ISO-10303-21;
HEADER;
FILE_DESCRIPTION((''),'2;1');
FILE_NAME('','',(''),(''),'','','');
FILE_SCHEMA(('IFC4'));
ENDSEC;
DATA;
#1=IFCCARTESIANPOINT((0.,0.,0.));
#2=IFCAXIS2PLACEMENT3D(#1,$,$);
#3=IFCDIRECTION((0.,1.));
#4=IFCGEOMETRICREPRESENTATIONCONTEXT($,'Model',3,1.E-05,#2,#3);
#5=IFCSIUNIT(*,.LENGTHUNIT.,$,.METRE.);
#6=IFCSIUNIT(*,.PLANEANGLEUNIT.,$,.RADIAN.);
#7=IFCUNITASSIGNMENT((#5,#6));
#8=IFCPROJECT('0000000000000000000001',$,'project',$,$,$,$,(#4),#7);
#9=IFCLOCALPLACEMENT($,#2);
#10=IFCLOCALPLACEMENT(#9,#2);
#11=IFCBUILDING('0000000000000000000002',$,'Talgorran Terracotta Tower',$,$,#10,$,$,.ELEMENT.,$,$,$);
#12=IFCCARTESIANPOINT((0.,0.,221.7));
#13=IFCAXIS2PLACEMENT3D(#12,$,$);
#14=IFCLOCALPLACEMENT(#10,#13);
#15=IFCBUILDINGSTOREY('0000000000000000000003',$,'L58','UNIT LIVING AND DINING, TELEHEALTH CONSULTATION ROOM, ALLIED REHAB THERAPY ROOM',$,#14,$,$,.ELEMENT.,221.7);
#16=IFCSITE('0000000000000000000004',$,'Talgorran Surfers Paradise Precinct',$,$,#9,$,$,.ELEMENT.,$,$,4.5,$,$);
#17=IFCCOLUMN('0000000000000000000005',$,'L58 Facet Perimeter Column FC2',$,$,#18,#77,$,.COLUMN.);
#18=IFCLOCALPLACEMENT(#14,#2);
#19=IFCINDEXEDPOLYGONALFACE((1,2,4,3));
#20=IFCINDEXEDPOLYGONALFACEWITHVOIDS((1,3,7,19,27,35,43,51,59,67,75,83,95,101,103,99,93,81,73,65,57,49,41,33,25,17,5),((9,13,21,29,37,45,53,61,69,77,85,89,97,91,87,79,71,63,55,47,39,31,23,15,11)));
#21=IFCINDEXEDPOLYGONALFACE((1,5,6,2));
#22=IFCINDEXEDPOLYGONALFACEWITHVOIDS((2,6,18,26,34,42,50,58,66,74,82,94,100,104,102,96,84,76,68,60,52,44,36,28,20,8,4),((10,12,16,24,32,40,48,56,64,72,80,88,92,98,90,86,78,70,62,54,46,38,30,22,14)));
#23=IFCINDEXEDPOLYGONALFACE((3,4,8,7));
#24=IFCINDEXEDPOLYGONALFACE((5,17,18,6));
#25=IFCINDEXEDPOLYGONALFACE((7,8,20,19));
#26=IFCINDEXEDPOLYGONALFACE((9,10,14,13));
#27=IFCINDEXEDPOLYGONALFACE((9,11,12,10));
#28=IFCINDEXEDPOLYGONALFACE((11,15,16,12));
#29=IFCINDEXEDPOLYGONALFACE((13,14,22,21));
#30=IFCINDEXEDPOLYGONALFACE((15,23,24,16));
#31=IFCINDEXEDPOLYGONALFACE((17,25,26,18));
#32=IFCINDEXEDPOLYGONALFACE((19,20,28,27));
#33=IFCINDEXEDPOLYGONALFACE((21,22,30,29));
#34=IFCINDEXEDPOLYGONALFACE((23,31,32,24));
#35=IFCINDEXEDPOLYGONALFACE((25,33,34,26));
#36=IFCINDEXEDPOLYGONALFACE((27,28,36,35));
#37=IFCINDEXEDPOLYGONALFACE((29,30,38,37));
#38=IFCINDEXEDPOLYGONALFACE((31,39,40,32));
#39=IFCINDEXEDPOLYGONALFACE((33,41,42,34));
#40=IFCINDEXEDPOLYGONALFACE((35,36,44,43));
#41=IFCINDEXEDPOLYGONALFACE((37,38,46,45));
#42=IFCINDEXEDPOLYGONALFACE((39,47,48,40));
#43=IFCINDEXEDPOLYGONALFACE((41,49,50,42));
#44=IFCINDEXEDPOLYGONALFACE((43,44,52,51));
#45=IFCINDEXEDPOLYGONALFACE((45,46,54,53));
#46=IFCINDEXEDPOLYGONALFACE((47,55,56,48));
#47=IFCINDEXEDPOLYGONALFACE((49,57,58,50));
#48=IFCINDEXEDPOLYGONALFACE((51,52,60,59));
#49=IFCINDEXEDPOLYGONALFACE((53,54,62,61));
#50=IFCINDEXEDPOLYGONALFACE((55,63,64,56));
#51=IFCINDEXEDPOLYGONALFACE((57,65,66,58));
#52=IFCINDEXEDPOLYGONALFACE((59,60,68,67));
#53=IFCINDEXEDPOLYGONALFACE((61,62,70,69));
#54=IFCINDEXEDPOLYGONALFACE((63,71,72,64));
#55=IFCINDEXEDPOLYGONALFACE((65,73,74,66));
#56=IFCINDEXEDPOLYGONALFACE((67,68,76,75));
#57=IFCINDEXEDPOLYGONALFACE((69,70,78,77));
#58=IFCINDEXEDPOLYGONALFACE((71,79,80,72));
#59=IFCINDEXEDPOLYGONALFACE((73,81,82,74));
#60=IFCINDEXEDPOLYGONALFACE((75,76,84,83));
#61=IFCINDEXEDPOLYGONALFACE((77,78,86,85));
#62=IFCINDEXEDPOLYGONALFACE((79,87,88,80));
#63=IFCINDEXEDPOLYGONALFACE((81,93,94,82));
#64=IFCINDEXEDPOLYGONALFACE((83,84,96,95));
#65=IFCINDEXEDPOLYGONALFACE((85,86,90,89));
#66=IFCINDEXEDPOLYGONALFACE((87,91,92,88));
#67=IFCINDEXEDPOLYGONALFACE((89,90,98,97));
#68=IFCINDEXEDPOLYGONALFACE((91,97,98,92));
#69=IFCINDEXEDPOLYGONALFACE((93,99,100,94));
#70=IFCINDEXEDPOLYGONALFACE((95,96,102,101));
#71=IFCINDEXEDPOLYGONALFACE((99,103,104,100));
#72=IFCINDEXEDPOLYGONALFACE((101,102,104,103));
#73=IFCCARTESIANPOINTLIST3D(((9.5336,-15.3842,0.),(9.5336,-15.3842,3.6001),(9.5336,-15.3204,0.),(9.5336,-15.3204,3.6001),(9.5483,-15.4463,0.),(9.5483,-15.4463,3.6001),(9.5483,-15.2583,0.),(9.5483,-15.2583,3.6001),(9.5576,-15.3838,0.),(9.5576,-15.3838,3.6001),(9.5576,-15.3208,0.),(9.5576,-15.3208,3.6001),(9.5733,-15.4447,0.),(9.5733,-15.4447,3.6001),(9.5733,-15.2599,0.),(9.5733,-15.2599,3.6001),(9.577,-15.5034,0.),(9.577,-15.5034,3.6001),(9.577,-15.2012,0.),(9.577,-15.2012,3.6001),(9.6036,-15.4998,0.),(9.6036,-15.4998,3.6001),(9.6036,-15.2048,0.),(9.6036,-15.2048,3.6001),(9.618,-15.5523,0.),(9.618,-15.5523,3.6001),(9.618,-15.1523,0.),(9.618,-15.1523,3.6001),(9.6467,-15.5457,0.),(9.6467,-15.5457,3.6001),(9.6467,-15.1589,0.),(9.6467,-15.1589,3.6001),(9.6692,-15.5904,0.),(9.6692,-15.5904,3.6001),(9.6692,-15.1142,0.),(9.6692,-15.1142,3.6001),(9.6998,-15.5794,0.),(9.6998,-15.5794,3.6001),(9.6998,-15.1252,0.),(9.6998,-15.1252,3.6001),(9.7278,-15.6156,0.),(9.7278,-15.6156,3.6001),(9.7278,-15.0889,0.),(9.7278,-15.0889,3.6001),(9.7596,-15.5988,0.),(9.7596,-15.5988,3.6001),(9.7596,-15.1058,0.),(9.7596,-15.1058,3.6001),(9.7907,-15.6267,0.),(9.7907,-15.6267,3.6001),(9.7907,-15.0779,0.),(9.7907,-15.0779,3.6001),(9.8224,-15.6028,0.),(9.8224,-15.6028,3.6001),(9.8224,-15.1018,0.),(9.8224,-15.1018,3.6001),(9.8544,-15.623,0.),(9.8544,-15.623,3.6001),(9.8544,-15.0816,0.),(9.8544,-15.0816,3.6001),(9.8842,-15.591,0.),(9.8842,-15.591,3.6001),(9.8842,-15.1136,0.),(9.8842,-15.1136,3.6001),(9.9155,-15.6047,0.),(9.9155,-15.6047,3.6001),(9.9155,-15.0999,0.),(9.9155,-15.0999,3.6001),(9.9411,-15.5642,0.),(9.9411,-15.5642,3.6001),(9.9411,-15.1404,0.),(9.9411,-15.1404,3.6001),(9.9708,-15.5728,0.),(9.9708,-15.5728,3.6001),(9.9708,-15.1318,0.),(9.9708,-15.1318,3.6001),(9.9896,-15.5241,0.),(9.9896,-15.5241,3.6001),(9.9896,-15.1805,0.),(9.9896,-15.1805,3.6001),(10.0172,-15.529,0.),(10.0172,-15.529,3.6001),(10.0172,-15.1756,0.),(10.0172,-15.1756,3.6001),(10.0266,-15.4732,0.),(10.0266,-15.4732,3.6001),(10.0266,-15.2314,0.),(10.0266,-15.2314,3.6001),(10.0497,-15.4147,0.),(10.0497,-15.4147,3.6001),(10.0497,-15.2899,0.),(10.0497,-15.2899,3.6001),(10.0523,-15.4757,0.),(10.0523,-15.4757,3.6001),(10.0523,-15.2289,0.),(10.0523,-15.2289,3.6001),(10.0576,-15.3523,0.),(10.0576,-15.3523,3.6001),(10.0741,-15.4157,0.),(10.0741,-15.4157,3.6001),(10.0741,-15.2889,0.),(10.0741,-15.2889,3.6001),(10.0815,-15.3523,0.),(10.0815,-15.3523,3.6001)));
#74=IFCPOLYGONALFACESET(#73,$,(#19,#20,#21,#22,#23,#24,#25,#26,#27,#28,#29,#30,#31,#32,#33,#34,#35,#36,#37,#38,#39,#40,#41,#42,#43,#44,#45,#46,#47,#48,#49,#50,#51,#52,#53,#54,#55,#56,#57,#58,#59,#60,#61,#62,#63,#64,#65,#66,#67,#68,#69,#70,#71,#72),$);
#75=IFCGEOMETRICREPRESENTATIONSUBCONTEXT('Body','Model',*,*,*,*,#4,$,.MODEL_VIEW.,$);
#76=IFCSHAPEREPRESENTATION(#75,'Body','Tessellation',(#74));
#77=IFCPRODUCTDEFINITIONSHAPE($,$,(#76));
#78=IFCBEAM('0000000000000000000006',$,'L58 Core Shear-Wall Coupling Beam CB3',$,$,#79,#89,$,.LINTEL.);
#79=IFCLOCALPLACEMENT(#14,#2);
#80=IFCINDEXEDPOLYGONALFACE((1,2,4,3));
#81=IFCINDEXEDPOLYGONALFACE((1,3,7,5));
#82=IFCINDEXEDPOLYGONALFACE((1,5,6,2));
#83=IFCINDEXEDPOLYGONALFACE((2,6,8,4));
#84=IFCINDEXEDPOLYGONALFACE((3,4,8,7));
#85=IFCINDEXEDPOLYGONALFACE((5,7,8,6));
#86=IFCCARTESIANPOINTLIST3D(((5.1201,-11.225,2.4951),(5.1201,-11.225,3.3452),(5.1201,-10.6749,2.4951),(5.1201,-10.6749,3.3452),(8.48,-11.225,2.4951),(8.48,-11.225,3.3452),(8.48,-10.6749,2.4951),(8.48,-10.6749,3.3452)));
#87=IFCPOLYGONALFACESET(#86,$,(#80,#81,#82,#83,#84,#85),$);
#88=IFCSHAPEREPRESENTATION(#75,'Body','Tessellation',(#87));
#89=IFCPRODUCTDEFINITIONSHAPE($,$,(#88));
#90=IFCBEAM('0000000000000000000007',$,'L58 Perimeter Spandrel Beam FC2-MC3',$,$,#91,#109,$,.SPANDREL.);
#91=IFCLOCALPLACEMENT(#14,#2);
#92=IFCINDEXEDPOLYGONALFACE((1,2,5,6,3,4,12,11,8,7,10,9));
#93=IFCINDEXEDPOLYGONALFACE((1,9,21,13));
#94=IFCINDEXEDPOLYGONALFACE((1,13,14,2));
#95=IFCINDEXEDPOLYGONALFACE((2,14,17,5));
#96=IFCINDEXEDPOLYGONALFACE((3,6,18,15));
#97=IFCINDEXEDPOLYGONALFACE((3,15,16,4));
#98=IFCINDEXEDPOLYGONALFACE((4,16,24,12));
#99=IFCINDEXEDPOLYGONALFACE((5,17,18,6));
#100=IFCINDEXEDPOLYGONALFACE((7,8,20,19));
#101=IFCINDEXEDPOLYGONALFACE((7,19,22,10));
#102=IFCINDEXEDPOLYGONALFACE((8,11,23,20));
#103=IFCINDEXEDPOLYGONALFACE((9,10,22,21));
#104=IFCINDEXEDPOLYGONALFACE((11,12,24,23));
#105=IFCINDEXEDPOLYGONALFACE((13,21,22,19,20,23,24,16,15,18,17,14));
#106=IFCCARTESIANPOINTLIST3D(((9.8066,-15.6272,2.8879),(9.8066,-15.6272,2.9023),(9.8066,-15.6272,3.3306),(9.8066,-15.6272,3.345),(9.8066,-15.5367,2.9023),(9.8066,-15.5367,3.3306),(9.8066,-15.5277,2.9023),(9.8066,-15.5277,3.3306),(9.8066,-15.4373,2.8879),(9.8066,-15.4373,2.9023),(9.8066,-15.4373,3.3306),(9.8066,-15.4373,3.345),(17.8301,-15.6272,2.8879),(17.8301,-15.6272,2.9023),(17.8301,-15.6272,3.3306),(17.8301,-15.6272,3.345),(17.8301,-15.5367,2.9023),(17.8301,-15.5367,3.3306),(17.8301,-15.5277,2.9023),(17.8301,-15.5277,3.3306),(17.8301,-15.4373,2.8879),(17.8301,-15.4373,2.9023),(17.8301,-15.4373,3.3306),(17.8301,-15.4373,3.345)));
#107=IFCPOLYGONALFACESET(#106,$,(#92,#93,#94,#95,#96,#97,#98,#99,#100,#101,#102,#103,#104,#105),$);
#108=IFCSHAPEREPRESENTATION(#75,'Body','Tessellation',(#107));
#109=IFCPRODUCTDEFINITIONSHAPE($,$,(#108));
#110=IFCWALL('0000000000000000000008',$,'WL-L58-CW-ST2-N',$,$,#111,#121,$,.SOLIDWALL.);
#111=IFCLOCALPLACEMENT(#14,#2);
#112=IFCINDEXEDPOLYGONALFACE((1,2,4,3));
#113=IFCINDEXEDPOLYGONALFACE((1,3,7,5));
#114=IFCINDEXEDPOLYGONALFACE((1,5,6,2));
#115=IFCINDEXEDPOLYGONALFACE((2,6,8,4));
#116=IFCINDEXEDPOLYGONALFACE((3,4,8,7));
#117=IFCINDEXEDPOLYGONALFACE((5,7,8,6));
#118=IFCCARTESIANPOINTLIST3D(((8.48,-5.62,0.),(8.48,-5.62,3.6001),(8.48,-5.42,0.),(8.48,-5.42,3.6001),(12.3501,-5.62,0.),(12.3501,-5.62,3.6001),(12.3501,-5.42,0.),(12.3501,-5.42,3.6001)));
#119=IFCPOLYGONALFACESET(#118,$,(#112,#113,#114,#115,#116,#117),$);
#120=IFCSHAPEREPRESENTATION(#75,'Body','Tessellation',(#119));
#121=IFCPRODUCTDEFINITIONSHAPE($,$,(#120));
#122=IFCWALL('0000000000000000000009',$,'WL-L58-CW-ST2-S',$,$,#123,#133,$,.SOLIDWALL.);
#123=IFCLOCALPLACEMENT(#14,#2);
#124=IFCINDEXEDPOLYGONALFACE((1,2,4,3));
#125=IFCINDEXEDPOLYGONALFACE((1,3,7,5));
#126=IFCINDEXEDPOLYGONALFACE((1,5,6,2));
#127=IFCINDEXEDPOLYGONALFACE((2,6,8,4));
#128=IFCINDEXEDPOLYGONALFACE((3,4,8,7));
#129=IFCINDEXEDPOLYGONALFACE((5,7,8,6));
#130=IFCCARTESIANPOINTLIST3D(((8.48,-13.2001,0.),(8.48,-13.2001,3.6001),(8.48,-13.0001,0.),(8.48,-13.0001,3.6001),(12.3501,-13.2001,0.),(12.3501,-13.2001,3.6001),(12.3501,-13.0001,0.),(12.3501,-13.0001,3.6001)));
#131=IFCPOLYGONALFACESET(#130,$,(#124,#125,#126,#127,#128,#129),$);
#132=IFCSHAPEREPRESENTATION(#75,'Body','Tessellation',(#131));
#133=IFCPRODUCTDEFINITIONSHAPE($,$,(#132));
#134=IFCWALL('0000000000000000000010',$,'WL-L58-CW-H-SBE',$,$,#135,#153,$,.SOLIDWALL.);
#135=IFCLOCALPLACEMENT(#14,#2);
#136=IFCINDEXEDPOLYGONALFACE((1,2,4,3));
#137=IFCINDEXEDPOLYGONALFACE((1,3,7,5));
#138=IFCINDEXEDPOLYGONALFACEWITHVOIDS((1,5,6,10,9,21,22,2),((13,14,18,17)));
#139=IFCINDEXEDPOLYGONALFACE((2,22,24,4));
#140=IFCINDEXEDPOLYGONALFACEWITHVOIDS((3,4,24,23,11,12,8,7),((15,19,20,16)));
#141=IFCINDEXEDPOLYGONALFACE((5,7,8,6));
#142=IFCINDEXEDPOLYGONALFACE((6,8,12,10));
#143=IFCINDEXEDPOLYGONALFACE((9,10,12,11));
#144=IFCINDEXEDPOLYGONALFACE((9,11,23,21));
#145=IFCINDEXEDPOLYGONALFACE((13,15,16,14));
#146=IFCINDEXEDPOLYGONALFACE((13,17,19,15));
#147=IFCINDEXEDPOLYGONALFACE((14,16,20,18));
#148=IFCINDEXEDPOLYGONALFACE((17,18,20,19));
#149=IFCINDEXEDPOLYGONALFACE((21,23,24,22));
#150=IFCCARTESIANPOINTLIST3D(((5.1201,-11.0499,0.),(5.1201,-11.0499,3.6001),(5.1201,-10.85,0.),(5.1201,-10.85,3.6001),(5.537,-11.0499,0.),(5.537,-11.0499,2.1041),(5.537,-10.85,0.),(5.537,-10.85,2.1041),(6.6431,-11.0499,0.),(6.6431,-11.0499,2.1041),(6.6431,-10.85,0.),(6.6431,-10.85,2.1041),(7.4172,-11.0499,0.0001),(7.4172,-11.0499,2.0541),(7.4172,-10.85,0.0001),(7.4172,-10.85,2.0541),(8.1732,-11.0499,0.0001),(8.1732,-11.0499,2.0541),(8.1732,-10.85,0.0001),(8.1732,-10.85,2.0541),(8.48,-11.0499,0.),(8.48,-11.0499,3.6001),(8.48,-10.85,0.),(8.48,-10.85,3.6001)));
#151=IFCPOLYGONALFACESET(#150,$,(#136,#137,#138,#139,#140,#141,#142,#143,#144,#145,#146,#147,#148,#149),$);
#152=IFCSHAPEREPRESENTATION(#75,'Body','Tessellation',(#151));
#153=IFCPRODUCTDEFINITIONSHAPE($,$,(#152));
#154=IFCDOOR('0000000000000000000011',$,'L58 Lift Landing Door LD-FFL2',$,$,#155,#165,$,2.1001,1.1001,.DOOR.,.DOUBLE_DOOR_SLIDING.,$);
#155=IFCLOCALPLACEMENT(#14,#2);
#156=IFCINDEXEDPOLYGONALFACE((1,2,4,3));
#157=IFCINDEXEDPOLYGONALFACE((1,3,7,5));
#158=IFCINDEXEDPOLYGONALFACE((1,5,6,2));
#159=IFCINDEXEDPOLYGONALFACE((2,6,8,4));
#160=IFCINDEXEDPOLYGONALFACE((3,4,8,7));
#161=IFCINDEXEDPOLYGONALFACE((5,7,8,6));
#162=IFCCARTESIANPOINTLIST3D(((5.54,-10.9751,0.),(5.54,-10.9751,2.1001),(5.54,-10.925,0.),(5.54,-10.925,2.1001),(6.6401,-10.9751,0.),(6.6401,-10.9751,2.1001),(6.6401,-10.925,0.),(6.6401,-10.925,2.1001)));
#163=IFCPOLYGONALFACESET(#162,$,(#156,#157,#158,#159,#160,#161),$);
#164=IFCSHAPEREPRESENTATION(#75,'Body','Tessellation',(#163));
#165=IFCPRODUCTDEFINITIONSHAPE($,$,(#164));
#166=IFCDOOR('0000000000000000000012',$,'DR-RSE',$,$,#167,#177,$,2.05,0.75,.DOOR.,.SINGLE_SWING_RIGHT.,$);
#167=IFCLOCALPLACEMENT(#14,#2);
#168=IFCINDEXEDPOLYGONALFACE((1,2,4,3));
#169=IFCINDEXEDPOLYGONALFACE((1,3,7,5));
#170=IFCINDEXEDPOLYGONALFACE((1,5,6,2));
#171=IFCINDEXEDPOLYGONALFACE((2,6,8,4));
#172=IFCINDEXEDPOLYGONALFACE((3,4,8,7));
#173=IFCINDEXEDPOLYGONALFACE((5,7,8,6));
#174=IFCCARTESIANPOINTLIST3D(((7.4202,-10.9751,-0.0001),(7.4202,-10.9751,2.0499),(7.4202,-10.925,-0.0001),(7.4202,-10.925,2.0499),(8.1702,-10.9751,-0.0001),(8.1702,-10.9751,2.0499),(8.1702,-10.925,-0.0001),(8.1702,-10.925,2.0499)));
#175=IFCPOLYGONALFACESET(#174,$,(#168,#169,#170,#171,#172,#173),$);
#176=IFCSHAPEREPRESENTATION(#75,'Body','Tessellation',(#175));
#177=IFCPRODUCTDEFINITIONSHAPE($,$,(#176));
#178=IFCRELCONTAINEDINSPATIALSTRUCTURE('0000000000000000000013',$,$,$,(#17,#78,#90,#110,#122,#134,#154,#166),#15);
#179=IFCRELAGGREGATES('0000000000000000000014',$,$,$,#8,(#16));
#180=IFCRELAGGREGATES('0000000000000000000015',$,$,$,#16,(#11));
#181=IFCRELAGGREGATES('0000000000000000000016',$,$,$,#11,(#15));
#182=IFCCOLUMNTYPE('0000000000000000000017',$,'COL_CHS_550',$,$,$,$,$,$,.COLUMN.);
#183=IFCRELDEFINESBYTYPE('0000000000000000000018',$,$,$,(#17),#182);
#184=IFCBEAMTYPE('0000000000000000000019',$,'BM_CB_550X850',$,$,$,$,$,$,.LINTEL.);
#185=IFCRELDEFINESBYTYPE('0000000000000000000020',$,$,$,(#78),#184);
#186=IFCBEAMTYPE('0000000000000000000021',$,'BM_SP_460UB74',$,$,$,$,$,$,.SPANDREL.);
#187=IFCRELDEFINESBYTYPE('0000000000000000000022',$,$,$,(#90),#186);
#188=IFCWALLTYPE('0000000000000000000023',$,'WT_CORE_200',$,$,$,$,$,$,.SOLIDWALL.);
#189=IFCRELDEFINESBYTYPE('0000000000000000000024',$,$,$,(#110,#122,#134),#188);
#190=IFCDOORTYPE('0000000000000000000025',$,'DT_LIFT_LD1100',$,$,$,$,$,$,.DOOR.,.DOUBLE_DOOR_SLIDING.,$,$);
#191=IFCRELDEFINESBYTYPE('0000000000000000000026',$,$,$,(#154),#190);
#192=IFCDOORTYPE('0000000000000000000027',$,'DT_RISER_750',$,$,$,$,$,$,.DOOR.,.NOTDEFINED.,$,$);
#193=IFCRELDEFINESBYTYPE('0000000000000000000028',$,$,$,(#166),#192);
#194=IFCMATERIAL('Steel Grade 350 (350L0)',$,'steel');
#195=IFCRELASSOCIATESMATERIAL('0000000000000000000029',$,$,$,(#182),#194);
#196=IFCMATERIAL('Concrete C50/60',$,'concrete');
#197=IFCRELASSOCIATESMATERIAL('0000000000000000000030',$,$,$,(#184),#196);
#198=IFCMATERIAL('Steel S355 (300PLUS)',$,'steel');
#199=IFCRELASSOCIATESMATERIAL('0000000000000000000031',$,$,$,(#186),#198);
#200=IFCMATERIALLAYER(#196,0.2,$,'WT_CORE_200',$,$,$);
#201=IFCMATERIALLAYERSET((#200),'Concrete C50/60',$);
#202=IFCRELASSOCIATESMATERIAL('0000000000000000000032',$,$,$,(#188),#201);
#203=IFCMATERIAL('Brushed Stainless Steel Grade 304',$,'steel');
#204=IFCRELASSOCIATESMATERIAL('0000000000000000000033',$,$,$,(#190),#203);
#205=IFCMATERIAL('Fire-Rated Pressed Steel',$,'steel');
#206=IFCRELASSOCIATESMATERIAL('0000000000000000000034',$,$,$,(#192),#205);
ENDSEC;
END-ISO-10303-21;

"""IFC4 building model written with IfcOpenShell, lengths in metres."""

from ifc_helpers import new_model, si_unit, direction, frame, frame_2d, origin, origin_2d, place, context, subcontext, project, spatial, rectangle, hollow_circle, i_section, extrude, material, layer, layer_set, material_profile, profile_set, type_object, element, fill, save


model = new_model("IFC4")

# Units and contexts
model_context = context("Model", 3, precision=1e-05, world=origin(), true_north=direction((0.0, 1.0)))
body_context = subcontext(model_context, "Body", "Model", "MODEL_VIEW")
ifc_project = project(units=[si_unit("LENGTHUNIT", "METRE"), si_unit("PLANEANGLEUNIT", "RADIAN")], contexts=[model_context])

# Site, building, storey
site_placement = place(None, origin())
site = spatial("IfcSite", under=ifc_project, at=site_placement, Name="Talgorran Surfers Paradise Precinct", CompositionType="ELEMENT", RefElevation=4.5)
building_placement = place(site_placement, origin())
building = spatial("IfcBuilding", under=site, at=building_placement, Name="Talgorran Terracotta Tower", CompositionType="ELEMENT")
storey_placement = place(building_placement, frame((0.0, 0.0, 221.7)))
storey = spatial("IfcBuildingStorey", under=building, at=storey_placement, Name="L58", Description="UNIT LIVING AND DINING, TELEHEALTH CONSULTATION ROOM, ALLIED REHAB THERAPY ROOM", CompositionType="ELEMENT", Elevation=221.7)

# Column
ifc_material_1 = material(Name="Steel Grade 350 (350L0)", Category="steel")
ifc_material_profile_1 = material_profile(ifc_material_1, hollow_circle(Radius=0.2749, WallThickness=0.0239, at=origin_2d()), Name="CHS550X24")
ifc_profile_set_1 = profile_set([ifc_material_profile_1], Name="Steel Grade 350 (350L0)")
column_type = type_object("IfcColumnType", Name="COL_CHS_550", PredefinedType="COLUMN", material=ifc_profile_set_1)
column_placement = place(storey_placement, frame((9.8066, -15.3523, 0.0), z_axis=(0.0, 0.0, 1.0), x_axis=(1.0, 0.0, 0.0)))
element("IfcColumn", 1, at=column_placement, inside=storey, type_object=column_type, Name="L58 Facet Perimeter Column FC2", PredefinedType="COLUMN", context=body_context, shape_type="SweptSolid", body=[
    extrude(hollow_circle(Radius=0.2749, WallThickness=0.0239, at=origin_2d()), origin(), (0.0, 0.0, 1.0), 3.6001),
])

# Beams
ifc_material_2 = material(Name="Concrete C50/60", Category="concrete")
ifc_material_profile_2 = material_profile(ifc_material_2, rectangle(XDim=0.55, YDim=0.8501, at=origin_2d()), Name="RCCB550X850")
ifc_profile_set_2 = profile_set([ifc_material_profile_2], Name="Concrete C50/60")
beam_type_1 = type_object("IfcBeamType", Name="BM_CB_550X850", PredefinedType="LINTEL", material=ifc_profile_set_2)
beam_1_placement = place(storey_placement, frame((5.1201, -10.95, 2.9202), z_axis=(1.0, 0.0, 0.0), x_axis=(0.0, 1.0, 0.0)))
element("IfcBeam", 2, at=beam_1_placement, inside=storey, type_object=beam_type_1, Name="L58 Core Shear-Wall Coupling Beam CB3", PredefinedType="LINTEL", context=body_context, shape_type="SweptSolid", body=[
    extrude(rectangle(XDim=0.55, YDim=0.8501, at=origin_2d()), origin(), (0.0, 0.0, 1.0), 3.3599),
])
ifc_material_3 = material(Name="Steel S355 (300PLUS)", Category="steel")
ifc_material_profile_3 = material_profile(ifc_material_3, i_section(OverallWidth=0.1899, OverallDepth=0.457, WebThickness=0.009, FlangeThickness=0.0144, at=origin_2d()), Name="460UB74.6")
ifc_profile_set_3 = profile_set([ifc_material_profile_3], Name="Steel S355 (300PLUS)")
beam_type_2 = type_object("IfcBeamType", Name="BM_SP_460UB74", PredefinedType="SPANDREL", material=ifc_profile_set_3)
beam_2_placement = place(storey_placement, frame((9.8066, -15.5322, 3.1165), z_axis=(1.0, 0.0, 0.0), x_axis=(0.0, 1.0, 0.0)))
element("IfcBeam", 3, at=beam_2_placement, inside=storey, type_object=beam_type_2, Name="L58 Perimeter Spandrel Beam FC2-MC3", PredefinedType="SPANDREL", context=body_context, shape_type="SweptSolid", body=[
    extrude(i_section(OverallWidth=0.1899, OverallDepth=0.457, WebThickness=0.009, FlangeThickness=0.0144, at=origin_2d()), origin(), (0.0, 0.0, 1.0), 8.0234),
])

# Walls
ifc_layer_1 = layer(ifc_material_2, 0.2, Name="WT_CORE_200")
ifc_layer_set_1 = layer_set([ifc_layer_1], Name="Concrete C50/60")
wall_type_1 = type_object("IfcWallType", Name="WT_CORE_200", PredefinedType="SOLIDWALL", material=ifc_layer_set_1)
for number, where, z_axis, x_axis, name in (
    (4, (8.48, -5.52, 0.0), (0.0, 0.0, 1.0), (1.0, 0.0, 0.0), "WL-L58-CW-ST2-N"),
    (5, (8.48, -13.1001, 0.0), (0.0, 0.0, 1.0), (1.0, 0.0, 0.0), "WL-L58-CW-ST2-S"),
):
    element("IfcWall", number, at=place(storey_placement, frame(where, z_axis=z_axis, x_axis=x_axis)), inside=storey, type_object=wall_type_1, Name=name, PredefinedType="SOLIDWALL", context=body_context, shape_type="SweptSolid", body=[
        extrude(rectangle(XDim=3.8701, YDim=0.2, at=frame_2d((1.9351, 0.0))), origin(), (0.0, 0.0, 1.0), 3.6001),
    ])

# Wall, openings, doors
wall_1_placement = place(storey_placement, frame((5.1201, -10.95, 0.0), z_axis=(0.0, 0.0, 1.0), x_axis=(1.0, 0.0, 0.0)))
wall_1 = element("IfcWall", 6, at=wall_1_placement, inside=storey, type_object=wall_type_1, Name="WL-L58-CW-H-SBE", PredefinedType="SOLIDWALL", context=body_context, shape_type="SweptSolid", body=[
    extrude(rectangle(XDim=3.3599, YDim=0.2, at=frame_2d((1.6799, 0.0))), origin(), (0.0, 0.0, 1.0), 3.6001),
])
opening_1_placement = place(wall_1_placement, frame((0.4199, 0.0, 0.0)))
opening_1 = element("IfcOpeningElement", 7, at=opening_1_placement, cuts=wall_1, PredefinedType="OPENING", context=body_context, shape_type="SweptSolid", body=[
    extrude(rectangle(XDim=1.1061, YDim=2.1041, at=frame_2d((0.55, 1.052))), frame((0.0, 0.1099, 0.0), z_axis=(0.0, -1.0, 0.0), x_axis=(1.0, 0.0, 0.0)), (0.0, 0.0, 1.0), 0.22),
])
opening_2_placement = place(wall_1_placement, frame((2.3, 0.0, 0.0)))
opening_2 = element("IfcOpeningElement", 8, at=opening_2_placement, cuts=wall_1, PredefinedType="OPENING", context=body_context, shape_type="SweptSolid", body=[
    extrude(rectangle(XDim=0.756, YDim=2.054, at=frame_2d((0.375, 1.0271))), frame((0.0, 0.1099, 0.0), z_axis=(0.0, -1.0, 0.0), x_axis=(1.0, 0.0, 0.0)), (0.0, 0.0, 1.0), 0.22),
])
ifc_material_4 = material(Name="Brushed Stainless Steel Grade 304", Category="steel")
door_type_1 = type_object("IfcDoorType", Name="DT_LIFT_LD1100", OperationType="DOUBLE_DOOR_SLIDING", PredefinedType="DOOR", material=ifc_material_4)
door_1_placement = place(opening_1_placement, origin())
door_1 = element("IfcDoor", 9, at=door_1_placement, inside=storey, type_object=door_type_1, Name="L58 Lift Landing Door LD-FFL2", OperationType="DOUBLE_DOOR_SLIDING", OverallHeight=2.1001, OverallWidth=1.1001, PredefinedType="DOOR", context=body_context, shape_type="SweptSolid", body=[
    extrude(rectangle(XDim=1.1001, YDim=2.1001, at=frame_2d((0.55, 1.05))), frame((0.0, 0.0249, 0.0), z_axis=(0.0, -1.0, 0.0), x_axis=(1.0, 0.0, 0.0)), (0.0, 0.0, 1.0), 0.05),
])
fill(opening_1, door_1)
ifc_material_5 = material(Name="Fire-Rated Pressed Steel", Category="steel")
door_type_2 = type_object("IfcDoorType", Name="DT_RISER_750", OperationType="NOTDEFINED", PredefinedType="DOOR", material=ifc_material_5)
door_2_placement = place(opening_2_placement, origin())
door_2 = element("IfcDoor", 10, at=door_2_placement, inside=storey, type_object=door_type_2, Name="DR-RSE", OperationType="SINGLE_SWING_RIGHT", OverallHeight=2.05, OverallWidth=0.75, PredefinedType="DOOR", context=body_context, shape_type="SweptSolid", body=[
    extrude(rectangle(XDim=0.75, YDim=2.05, at=frame_2d((0.375, 1.0249))), frame((0.0, 0.0249, 0.0), z_axis=(0.0, -1.0, 0.0), x_axis=(1.0, 0.0, 0.0)), (0.0, 0.0, 1.0), 0.05),
])
fill(opening_2, door_2)

save(model, "model.ifc")
